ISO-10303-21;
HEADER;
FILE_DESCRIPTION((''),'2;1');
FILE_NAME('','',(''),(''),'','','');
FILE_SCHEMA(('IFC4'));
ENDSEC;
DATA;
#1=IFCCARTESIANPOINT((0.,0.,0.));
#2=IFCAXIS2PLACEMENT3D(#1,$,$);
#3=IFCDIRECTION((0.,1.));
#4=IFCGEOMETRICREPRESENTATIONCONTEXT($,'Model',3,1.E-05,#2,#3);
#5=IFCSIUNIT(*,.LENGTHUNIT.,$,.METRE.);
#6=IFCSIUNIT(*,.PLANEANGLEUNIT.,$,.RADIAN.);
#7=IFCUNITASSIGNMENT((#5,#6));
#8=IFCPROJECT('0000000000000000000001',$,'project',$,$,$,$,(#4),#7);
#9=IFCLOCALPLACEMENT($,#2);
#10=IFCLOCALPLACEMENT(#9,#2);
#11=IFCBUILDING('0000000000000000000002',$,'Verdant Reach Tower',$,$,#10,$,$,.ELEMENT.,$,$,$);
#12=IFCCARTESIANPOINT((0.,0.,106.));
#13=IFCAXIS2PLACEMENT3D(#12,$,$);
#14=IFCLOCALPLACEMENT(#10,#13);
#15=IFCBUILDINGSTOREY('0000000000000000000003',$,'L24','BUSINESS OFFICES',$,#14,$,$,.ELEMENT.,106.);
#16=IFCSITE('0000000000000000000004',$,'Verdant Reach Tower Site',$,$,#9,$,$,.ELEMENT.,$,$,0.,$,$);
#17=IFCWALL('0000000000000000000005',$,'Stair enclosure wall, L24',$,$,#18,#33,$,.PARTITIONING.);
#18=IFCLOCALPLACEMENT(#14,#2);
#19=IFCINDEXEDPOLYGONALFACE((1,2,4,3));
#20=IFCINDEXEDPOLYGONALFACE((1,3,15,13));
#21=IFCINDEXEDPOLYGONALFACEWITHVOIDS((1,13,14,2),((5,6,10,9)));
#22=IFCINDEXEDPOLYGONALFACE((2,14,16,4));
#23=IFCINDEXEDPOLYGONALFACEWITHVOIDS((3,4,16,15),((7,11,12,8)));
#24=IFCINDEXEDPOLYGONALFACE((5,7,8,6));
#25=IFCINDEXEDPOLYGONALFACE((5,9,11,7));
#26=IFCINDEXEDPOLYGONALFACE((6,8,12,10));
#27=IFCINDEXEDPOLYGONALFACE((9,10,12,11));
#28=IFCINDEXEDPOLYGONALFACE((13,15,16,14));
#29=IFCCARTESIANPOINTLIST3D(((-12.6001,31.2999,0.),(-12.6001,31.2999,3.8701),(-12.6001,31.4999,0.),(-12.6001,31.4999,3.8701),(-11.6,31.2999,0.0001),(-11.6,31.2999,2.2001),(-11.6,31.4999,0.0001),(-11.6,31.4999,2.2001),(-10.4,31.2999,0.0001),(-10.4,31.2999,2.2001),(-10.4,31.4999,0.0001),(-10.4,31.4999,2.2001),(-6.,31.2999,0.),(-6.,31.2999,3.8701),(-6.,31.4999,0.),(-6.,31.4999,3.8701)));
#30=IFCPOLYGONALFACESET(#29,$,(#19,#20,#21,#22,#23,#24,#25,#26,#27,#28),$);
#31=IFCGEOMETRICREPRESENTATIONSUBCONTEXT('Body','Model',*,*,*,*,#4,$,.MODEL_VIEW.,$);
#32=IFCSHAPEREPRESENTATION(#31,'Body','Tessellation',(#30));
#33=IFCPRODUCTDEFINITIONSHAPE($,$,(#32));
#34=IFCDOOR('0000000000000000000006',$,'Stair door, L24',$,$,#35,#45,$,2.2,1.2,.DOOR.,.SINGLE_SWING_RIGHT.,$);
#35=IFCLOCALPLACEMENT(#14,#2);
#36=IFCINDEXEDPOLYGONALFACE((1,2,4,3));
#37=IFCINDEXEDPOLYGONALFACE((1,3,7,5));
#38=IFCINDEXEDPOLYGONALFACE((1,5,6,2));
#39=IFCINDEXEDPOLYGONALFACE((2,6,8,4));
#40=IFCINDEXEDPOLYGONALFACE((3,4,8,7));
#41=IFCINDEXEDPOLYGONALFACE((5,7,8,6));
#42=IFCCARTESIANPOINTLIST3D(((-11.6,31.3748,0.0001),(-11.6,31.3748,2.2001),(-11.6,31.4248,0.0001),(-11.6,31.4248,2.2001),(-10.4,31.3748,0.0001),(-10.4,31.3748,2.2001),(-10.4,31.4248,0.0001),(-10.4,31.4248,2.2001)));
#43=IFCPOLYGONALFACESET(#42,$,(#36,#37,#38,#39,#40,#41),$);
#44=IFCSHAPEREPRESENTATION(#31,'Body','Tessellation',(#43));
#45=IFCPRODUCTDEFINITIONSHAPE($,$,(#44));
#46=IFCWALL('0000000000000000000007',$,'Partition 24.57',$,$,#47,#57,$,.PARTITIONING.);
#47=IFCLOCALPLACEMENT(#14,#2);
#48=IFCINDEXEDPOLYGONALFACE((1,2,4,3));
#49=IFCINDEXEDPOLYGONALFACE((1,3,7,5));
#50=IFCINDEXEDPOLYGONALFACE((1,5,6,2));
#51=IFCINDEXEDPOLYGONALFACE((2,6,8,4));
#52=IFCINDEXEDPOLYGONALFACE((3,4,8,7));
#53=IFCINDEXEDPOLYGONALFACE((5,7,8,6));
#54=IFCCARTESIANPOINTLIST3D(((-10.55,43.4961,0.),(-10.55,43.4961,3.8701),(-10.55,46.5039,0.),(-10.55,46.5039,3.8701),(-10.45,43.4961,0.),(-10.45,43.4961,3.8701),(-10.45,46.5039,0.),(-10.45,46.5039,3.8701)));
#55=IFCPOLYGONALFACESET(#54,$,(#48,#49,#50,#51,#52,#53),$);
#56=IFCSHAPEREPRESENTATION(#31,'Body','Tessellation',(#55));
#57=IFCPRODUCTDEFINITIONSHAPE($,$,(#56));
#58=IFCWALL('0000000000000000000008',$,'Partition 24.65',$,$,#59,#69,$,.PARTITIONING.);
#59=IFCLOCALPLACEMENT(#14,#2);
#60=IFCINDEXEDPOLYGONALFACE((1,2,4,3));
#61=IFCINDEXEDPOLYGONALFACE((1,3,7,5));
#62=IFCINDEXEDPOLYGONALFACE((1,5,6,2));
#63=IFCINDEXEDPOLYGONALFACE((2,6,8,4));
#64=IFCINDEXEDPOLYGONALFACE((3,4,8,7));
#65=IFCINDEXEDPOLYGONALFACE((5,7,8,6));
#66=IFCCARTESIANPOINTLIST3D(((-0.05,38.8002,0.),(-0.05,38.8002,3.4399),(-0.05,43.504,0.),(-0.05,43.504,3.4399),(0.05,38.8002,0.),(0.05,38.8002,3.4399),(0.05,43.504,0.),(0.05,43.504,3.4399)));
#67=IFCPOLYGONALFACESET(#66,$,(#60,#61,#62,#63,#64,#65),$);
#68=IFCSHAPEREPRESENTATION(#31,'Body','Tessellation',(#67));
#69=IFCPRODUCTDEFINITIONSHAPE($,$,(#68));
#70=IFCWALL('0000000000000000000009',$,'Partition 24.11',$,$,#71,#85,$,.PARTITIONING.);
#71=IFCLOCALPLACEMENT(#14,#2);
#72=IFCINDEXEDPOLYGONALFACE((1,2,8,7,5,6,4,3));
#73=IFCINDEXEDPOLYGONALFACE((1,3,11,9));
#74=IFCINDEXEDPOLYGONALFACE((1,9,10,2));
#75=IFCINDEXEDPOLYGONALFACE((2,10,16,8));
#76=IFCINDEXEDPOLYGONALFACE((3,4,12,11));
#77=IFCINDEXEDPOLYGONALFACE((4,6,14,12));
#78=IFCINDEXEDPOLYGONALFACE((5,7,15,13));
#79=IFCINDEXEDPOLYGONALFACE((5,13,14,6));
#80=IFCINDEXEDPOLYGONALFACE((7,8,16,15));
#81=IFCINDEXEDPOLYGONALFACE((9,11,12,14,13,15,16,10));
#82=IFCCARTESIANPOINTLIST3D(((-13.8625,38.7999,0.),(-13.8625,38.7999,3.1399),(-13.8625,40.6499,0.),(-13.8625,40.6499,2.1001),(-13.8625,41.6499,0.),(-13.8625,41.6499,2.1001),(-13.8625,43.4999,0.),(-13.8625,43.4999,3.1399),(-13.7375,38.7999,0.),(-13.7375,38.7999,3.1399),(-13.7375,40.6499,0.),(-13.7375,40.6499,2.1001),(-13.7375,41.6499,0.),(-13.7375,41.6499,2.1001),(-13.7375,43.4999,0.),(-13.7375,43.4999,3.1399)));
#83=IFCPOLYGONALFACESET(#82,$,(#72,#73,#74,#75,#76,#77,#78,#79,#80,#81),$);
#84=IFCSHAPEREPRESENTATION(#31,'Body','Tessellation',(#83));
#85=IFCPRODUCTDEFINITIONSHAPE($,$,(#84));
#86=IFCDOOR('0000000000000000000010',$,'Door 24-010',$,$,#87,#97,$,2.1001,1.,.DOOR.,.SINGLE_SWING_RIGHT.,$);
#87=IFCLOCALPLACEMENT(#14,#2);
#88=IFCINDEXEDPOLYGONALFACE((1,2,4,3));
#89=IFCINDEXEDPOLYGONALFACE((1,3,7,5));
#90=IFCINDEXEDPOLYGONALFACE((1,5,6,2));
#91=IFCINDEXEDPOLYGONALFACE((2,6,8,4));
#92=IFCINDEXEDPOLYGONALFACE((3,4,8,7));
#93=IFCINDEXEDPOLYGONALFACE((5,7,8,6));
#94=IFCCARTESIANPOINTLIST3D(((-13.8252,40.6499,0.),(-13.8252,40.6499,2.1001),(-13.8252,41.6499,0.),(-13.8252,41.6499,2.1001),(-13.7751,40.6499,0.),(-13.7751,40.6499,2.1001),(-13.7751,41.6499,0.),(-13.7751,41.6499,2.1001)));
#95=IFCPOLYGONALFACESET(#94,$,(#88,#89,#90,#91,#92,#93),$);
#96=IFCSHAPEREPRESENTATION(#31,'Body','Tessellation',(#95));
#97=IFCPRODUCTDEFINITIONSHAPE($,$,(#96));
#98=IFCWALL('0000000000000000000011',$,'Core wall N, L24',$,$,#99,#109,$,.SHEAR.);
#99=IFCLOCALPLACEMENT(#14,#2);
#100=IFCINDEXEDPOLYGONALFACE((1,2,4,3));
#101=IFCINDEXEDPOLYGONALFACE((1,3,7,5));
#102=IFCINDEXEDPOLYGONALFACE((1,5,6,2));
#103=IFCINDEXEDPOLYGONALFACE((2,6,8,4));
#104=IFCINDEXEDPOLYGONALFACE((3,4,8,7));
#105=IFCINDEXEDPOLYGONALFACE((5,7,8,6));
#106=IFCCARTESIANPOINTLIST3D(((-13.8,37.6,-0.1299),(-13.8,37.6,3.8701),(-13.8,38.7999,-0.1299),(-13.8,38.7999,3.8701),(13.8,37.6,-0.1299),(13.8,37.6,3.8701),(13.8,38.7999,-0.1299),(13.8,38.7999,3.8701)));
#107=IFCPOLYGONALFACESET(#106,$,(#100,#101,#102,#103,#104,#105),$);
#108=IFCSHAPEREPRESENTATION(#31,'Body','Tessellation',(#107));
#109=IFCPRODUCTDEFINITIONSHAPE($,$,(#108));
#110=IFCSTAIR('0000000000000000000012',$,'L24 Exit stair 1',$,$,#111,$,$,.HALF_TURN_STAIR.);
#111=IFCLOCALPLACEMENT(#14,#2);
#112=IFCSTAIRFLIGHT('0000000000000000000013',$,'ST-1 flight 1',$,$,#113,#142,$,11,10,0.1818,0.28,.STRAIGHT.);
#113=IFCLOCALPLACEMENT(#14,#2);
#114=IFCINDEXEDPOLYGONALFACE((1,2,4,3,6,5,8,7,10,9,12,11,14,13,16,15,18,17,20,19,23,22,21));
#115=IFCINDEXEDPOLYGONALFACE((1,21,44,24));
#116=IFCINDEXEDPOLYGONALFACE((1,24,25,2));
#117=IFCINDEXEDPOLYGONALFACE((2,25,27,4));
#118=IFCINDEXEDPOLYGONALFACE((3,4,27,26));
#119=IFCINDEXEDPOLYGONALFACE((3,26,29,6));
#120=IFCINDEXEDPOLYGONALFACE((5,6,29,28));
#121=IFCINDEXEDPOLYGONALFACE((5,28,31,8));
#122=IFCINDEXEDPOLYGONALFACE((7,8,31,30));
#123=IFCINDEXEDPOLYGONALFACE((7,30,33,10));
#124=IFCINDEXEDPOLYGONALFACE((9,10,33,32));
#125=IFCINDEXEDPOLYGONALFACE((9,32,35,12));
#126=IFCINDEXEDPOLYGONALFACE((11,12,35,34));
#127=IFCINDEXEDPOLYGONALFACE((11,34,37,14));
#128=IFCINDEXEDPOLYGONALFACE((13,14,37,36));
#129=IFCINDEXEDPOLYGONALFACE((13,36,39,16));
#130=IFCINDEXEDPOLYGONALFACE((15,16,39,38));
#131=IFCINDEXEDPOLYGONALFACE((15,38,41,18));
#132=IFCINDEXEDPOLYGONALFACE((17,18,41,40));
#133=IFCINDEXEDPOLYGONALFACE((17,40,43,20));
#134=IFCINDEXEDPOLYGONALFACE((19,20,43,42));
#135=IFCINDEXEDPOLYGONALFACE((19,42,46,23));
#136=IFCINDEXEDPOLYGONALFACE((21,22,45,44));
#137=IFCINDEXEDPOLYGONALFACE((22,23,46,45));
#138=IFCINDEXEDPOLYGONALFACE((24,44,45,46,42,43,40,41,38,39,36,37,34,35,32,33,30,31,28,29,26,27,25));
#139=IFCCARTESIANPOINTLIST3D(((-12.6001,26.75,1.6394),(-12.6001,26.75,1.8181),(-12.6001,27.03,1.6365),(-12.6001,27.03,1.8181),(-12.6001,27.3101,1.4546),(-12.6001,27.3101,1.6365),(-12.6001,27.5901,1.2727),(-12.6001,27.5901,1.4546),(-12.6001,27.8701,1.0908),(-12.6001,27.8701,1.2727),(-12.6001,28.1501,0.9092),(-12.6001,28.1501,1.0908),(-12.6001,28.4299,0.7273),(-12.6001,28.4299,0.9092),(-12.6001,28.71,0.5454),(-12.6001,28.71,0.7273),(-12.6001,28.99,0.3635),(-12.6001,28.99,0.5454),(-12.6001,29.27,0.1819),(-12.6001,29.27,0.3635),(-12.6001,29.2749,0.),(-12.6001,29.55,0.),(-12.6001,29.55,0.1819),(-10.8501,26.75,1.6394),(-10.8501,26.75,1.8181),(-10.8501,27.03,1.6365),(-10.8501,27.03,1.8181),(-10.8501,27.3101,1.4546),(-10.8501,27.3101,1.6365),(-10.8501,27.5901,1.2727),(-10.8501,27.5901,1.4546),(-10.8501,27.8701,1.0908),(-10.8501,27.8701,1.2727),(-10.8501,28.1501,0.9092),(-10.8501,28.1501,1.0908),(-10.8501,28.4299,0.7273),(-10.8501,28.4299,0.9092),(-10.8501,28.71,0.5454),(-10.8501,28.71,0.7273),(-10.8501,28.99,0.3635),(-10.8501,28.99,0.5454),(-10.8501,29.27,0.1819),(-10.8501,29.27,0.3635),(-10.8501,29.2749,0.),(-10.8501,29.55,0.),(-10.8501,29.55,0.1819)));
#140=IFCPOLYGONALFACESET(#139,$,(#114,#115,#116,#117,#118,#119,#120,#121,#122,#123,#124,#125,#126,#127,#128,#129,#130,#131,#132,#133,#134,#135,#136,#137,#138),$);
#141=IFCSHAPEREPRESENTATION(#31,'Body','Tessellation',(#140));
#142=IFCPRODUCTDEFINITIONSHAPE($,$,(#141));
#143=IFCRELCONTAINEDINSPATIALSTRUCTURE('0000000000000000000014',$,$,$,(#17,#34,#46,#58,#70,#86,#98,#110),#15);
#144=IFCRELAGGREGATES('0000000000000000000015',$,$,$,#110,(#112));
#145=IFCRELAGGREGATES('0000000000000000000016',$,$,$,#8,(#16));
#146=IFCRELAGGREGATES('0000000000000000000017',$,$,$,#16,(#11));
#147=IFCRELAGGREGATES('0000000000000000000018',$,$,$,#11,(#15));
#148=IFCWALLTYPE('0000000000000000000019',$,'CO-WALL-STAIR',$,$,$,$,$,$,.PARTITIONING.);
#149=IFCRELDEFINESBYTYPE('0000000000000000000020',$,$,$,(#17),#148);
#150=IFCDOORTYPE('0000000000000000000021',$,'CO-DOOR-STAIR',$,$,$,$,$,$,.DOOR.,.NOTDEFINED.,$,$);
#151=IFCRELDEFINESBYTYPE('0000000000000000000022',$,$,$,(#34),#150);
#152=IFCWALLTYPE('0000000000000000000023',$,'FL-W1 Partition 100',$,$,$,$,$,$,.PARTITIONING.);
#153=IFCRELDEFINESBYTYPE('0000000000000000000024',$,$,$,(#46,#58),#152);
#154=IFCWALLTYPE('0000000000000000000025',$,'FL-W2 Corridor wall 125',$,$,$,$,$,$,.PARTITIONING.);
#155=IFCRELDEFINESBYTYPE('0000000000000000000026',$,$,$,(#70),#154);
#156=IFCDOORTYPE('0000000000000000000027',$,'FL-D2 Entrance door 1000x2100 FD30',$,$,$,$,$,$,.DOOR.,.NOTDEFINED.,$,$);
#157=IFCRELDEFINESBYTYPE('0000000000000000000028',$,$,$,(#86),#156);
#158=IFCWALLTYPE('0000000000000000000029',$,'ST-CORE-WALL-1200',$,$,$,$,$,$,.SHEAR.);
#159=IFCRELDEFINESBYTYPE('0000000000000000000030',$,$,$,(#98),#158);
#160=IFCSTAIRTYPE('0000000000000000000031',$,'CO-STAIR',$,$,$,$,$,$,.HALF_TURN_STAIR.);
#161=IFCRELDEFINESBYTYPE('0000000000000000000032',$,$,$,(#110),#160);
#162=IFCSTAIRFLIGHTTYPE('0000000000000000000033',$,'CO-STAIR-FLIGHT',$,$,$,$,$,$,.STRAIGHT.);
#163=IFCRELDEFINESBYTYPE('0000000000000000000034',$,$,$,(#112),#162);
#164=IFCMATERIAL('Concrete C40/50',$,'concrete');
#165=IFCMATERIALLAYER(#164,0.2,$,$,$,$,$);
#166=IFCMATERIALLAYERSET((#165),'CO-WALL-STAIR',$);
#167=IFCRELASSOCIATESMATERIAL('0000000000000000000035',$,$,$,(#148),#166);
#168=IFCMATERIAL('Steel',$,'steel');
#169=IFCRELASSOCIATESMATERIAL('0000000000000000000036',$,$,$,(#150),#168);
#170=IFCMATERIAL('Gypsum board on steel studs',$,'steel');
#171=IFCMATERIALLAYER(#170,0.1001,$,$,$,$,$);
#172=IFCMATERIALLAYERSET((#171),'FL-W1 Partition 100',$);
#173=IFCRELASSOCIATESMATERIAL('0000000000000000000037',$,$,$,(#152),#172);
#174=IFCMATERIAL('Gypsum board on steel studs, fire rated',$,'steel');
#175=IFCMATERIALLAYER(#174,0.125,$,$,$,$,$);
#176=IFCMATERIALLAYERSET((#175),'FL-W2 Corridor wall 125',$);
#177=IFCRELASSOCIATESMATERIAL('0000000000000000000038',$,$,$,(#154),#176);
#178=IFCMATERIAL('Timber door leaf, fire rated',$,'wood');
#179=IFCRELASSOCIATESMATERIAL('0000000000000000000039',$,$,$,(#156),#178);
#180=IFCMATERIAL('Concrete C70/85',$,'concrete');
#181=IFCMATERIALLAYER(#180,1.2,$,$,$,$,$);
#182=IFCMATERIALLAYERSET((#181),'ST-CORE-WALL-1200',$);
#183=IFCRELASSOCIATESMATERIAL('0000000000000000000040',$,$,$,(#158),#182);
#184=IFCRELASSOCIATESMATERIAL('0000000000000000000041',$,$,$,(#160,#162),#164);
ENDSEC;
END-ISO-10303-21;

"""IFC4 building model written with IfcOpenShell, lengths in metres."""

from ifc_helpers import new_model, si_unit, direction, frame, frame_2d, origin, place, context, subcontext, project, spatial, polyline, rectangle, outline, extrude, material, layer, layer_set, type_object, element, fill, aggregate, save


model = new_model("IFC4")

# Units and contexts
model_context = context("Model", 3, precision=1e-05, world=origin(), true_north=direction((0.0, 1.0)))
body_context = subcontext(model_context, "Body", "Model", "MODEL_VIEW")
ifc_project = project(units=[si_unit("LENGTHUNIT", "METRE"), si_unit("PLANEANGLEUNIT", "RADIAN")], contexts=[model_context])

# Site, building, storey
site_placement = place(None, origin())
site = spatial("IfcSite", under=ifc_project, at=site_placement, Name="Verdant Reach Tower Site", CompositionType="ELEMENT", RefElevation=0.0)
building_placement = place(site_placement, origin())
building = spatial("IfcBuilding", under=site, at=building_placement, Name="Verdant Reach Tower", CompositionType="ELEMENT")
storey_placement = place(building_placement, frame((0.0, 0.0, 106.0)))
storey = spatial("IfcBuildingStorey", under=building, at=storey_placement, Name="L24", Description="BUSINESS OFFICES", CompositionType="ELEMENT", Elevation=106.0)

# Shared definitions
ifc_material_1 = material(Name="Concrete C40/50", Category="concrete")

# Shared definitions
ifc_material_2 = material(Name="Steel", Category="steel")

# Wall, opening, door
ifc_layer_1 = layer(ifc_material_1, 0.2)
ifc_layer_set_1 = layer_set([ifc_layer_1], Name="CO-WALL-STAIR")
wall_type_1 = type_object("IfcWallType", Name="CO-WALL-STAIR", PredefinedType="PARTITIONING", material=ifc_layer_set_1)
wall_1_placement = place(storey_placement, frame((-12.6001, 31.3999, 0.0), z_axis=(0.0, 0.0, 1.0), x_axis=(1.0, 0.0, 0.0)))
wall_1 = element("IfcWall", 1, at=wall_1_placement, inside=storey, type_object=wall_type_1, Name="Stair enclosure wall, L24", PredefinedType="PARTITIONING", context=body_context, shape_type="SweptSolid", body=[
    extrude(rectangle(XDim=6.6001, YDim=0.2, at=frame_2d((3.3, 0.0))), origin(), (0.0, 0.0, 1.0), 3.8701),
])
opening_1_placement = place(wall_1_placement, frame((1.0, 0.0, 0.0)))
opening_1 = element("IfcOpeningElement", 2, at=opening_1_placement, cuts=wall_1, PredefinedType="OPENING", context=body_context, shape_type="SweptSolid", body=[
    extrude(rectangle(XDim=1.2, YDim=2.2, at=frame_2d((0.6001, 1.1001))), frame((0.0, 0.1099, 0.0), z_axis=(0.0, -1.0, 0.0), x_axis=(1.0, 0.0, 0.0)), (0.0, 0.0, 1.0), 0.22),
])
door_type_1 = type_object("IfcDoorType", Name="CO-DOOR-STAIR", OperationType="NOTDEFINED", PredefinedType="DOOR", material=ifc_material_2)
door_1_placement = place(opening_1_placement, origin())
door_1 = element("IfcDoor", 3, at=door_1_placement, inside=storey, type_object=door_type_1, Name="Stair door, L24", OperationType="SINGLE_SWING_RIGHT", OverallHeight=2.2, OverallWidth=1.2, PredefinedType="DOOR", context=body_context, shape_type="SweptSolid", body=[
    extrude(rectangle(XDim=1.2, YDim=2.2, at=frame_2d((0.6001, 1.1001))), frame((0.0, 0.0249, 0.0), z_axis=(0.0, -1.0, 0.0), x_axis=(1.0, 0.0, 0.0)), (0.0, 0.0, 1.0), 0.05),
])
fill(opening_1, door_1)

# Walls
ifc_material_3 = material(Name="Gypsum board on steel studs", Category="steel")
ifc_layer_2 = layer(ifc_material_3, 0.1001)
ifc_layer_set_2 = layer_set([ifc_layer_2], Name="FL-W1 Partition 100")
wall_type_2 = type_object("IfcWallType", Name="FL-W1 Partition 100", PredefinedType="PARTITIONING", material=ifc_layer_set_2)
wall_2_placement = place(storey_placement, frame((-10.5, 43.4961, 0.0), z_axis=(0.0, 0.0, 1.0), x_axis=(0.0, 1.0, 0.0)))
element("IfcWall", 4, at=wall_2_placement, inside=storey, type_object=wall_type_2, Name="Partition 24.57", PredefinedType="PARTITIONING", context=body_context, shape_type="SweptSolid", body=[
    extrude(rectangle(XDim=3.0078, YDim=0.1001, at=frame_2d((1.5039, 0.0))), origin(), (0.0, 0.0, 1.0), 3.8701),
])
wall_3_placement = place(storey_placement, frame((0.0, 38.8, 0.0), z_axis=(0.0, 0.0, 1.0), x_axis=(0.0, 1.0, 0.0)))
element("IfcWall", 5, at=wall_3_placement, inside=storey, type_object=wall_type_2, Name="Partition 24.65", PredefinedType="PARTITIONING", context=body_context, shape_type="SweptSolid", body=[
    extrude(rectangle(XDim=4.7039, YDim=0.1001, at=frame_2d((2.3521, 0.0))), origin(), (0.0, 0.0, 1.0), 3.4399),
])

# Wall, opening, door
ifc_material_4 = material(Name="Gypsum board on steel studs, fire rated", Category="steel")
ifc_layer_3 = layer(ifc_material_4, 0.125)
ifc_layer_set_3 = layer_set([ifc_layer_3], Name="FL-W2 Corridor wall 125")
wall_type_3 = type_object("IfcWallType", Name="FL-W2 Corridor wall 125", PredefinedType="PARTITIONING", material=ifc_layer_set_3)
wall_4_placement = place(storey_placement, frame((-13.8, 43.5, 0.0), z_axis=(0.0, 0.0, 1.0), x_axis=(0.0, -1.0, 0.0)))
wall_4 = element("IfcWall", 6, at=wall_4_placement, inside=storey, type_object=wall_type_3, Name="Partition 24.11", PredefinedType="PARTITIONING", context=body_context, shape_type="SweptSolid", body=[
    extrude(rectangle(XDim=4.7, YDim=0.125, at=frame_2d((2.3501, 0.0))), origin(), (0.0, 0.0, 1.0), 3.1399),
])
opening_2_placement = place(wall_4_placement, frame((1.8501, 0.0, 0.0)))
opening_2 = element("IfcOpeningElement", 7, at=opening_2_placement, cuts=wall_4, PredefinedType="OPENING", context=body_context, shape_type="SweptSolid", body=[
    extrude(rectangle(XDim=1.0, YDim=2.1001, at=frame_2d((0.5, 1.05))), frame((0.0, 0.0725, 0.0), z_axis=(0.0, -1.0, 0.0), x_axis=(1.0, 0.0, 0.0)), (0.0, 0.0, 1.0), 0.145),
])
ifc_material_5 = material(Name="Timber door leaf, fire rated", Category="wood")
door_type_2 = type_object("IfcDoorType", Name="FL-D2 Entrance door 1000x2100 FD30", OperationType="NOTDEFINED", PredefinedType="DOOR", material=ifc_material_5)
door_2_placement = place(opening_2_placement, origin())
door_2 = element("IfcDoor", 8, at=door_2_placement, inside=storey, type_object=door_type_2, Name="Door 24-010", OperationType="SINGLE_SWING_RIGHT", OverallHeight=2.1001, OverallWidth=1.0, PredefinedType="DOOR", context=body_context, shape_type="SweptSolid", body=[
    extrude(rectangle(XDim=1.0, YDim=2.1001, at=frame_2d((0.5, 1.05))), frame((0.0, 0.0249, 0.0), z_axis=(0.0, -1.0, 0.0), x_axis=(1.0, 0.0, 0.0)), (0.0, 0.0, 1.0), 0.05),
])
fill(opening_2, door_2)

# Wall
ifc_material_6 = material(Name="Concrete C70/85", Category="concrete")
ifc_layer_4 = layer(ifc_material_6, 1.2)
ifc_layer_set_4 = layer_set([ifc_layer_4], Name="ST-CORE-WALL-1200")
wall_type_4 = type_object("IfcWallType", Name="ST-CORE-WALL-1200", PredefinedType="SHEAR", material=ifc_layer_set_4)
wall_5_placement = place(storey_placement, frame((-13.8, 38.2, -0.1299), z_axis=(0.0, 0.0, 1.0), x_axis=(1.0, 0.0, 0.0)))
element("IfcWall", 9, at=wall_5_placement, inside=storey, type_object=wall_type_4, Name="Core wall N, L24", PredefinedType="SHEAR", context=body_context, shape_type="SweptSolid", body=[
    extrude(rectangle(XDim=27.6001, YDim=1.2, at=frame_2d((13.8, 0.0))), origin(), (0.0, 0.0, 1.0), 4.0),
])

# Stair, stair flight
stair_type = type_object("IfcStairType", Name="CO-STAIR", PredefinedType="HALF_TURN_STAIR", material=ifc_material_1)
stair_placement = place(storey_placement, origin())
stair = element("IfcStair", 10, at=stair_placement, inside=storey, type_object=stair_type, Name="L24 Exit stair 1", PredefinedType="HALF_TURN_STAIR")
stair_flight_type = type_object("IfcStairFlightType", Name="CO-STAIR-FLIGHT", PredefinedType="STRAIGHT", material=ifc_material_1)
stair_flight_placement = place(storey_placement, frame((-11.7251, 29.55, 0.0), z_axis=(0.0, 0.0, 1.0), x_axis=(0.0, -1.0, 0.0)))
stair_flight = element("IfcStairFlight", 11, at=stair_flight_placement, type_object=stair_flight_type, Name="ST-1 flight 1", NumberOfRisers=11, NumberOfTreads=10, PredefinedType="STRAIGHT", RiserHeight=0.1818, TreadLength=0.28, context=body_context, shape_type="SweptSolid", body=[
    extrude(outline(polyline([(0.0, 0.0), (0.0, 0.1819), (0.28, 0.1819), (0.28, 0.3635), (0.5601, 0.3635), (0.5601, 0.5454), (0.8401, 0.5454), (0.8401, 0.7273), (1.1201, 0.7273), (1.1201, 0.9092), (1.3999, 0.9092), (1.3999, 1.0908), (1.6799, 1.0908), (1.6799, 1.2727), (1.96, 1.2727), (1.96, 1.4546), (2.24, 1.4546), (2.24, 1.6365), (2.52, 1.6365), (2.52, 1.8181), (2.8, 1.8181), (2.8, 2.0), (2.8, 1.6394), (0.2751, 0.0), (0.0, 0.0)])), frame((0.0, 0.875, 0.0), z_axis=(0.0, -1.0, 0.0), x_axis=(1.0, 0.0, 0.0)), (0.0, 0.0, 1.0), 1.75),
])
aggregate(stair, [stair_flight])

save(model, "model.ifc")
